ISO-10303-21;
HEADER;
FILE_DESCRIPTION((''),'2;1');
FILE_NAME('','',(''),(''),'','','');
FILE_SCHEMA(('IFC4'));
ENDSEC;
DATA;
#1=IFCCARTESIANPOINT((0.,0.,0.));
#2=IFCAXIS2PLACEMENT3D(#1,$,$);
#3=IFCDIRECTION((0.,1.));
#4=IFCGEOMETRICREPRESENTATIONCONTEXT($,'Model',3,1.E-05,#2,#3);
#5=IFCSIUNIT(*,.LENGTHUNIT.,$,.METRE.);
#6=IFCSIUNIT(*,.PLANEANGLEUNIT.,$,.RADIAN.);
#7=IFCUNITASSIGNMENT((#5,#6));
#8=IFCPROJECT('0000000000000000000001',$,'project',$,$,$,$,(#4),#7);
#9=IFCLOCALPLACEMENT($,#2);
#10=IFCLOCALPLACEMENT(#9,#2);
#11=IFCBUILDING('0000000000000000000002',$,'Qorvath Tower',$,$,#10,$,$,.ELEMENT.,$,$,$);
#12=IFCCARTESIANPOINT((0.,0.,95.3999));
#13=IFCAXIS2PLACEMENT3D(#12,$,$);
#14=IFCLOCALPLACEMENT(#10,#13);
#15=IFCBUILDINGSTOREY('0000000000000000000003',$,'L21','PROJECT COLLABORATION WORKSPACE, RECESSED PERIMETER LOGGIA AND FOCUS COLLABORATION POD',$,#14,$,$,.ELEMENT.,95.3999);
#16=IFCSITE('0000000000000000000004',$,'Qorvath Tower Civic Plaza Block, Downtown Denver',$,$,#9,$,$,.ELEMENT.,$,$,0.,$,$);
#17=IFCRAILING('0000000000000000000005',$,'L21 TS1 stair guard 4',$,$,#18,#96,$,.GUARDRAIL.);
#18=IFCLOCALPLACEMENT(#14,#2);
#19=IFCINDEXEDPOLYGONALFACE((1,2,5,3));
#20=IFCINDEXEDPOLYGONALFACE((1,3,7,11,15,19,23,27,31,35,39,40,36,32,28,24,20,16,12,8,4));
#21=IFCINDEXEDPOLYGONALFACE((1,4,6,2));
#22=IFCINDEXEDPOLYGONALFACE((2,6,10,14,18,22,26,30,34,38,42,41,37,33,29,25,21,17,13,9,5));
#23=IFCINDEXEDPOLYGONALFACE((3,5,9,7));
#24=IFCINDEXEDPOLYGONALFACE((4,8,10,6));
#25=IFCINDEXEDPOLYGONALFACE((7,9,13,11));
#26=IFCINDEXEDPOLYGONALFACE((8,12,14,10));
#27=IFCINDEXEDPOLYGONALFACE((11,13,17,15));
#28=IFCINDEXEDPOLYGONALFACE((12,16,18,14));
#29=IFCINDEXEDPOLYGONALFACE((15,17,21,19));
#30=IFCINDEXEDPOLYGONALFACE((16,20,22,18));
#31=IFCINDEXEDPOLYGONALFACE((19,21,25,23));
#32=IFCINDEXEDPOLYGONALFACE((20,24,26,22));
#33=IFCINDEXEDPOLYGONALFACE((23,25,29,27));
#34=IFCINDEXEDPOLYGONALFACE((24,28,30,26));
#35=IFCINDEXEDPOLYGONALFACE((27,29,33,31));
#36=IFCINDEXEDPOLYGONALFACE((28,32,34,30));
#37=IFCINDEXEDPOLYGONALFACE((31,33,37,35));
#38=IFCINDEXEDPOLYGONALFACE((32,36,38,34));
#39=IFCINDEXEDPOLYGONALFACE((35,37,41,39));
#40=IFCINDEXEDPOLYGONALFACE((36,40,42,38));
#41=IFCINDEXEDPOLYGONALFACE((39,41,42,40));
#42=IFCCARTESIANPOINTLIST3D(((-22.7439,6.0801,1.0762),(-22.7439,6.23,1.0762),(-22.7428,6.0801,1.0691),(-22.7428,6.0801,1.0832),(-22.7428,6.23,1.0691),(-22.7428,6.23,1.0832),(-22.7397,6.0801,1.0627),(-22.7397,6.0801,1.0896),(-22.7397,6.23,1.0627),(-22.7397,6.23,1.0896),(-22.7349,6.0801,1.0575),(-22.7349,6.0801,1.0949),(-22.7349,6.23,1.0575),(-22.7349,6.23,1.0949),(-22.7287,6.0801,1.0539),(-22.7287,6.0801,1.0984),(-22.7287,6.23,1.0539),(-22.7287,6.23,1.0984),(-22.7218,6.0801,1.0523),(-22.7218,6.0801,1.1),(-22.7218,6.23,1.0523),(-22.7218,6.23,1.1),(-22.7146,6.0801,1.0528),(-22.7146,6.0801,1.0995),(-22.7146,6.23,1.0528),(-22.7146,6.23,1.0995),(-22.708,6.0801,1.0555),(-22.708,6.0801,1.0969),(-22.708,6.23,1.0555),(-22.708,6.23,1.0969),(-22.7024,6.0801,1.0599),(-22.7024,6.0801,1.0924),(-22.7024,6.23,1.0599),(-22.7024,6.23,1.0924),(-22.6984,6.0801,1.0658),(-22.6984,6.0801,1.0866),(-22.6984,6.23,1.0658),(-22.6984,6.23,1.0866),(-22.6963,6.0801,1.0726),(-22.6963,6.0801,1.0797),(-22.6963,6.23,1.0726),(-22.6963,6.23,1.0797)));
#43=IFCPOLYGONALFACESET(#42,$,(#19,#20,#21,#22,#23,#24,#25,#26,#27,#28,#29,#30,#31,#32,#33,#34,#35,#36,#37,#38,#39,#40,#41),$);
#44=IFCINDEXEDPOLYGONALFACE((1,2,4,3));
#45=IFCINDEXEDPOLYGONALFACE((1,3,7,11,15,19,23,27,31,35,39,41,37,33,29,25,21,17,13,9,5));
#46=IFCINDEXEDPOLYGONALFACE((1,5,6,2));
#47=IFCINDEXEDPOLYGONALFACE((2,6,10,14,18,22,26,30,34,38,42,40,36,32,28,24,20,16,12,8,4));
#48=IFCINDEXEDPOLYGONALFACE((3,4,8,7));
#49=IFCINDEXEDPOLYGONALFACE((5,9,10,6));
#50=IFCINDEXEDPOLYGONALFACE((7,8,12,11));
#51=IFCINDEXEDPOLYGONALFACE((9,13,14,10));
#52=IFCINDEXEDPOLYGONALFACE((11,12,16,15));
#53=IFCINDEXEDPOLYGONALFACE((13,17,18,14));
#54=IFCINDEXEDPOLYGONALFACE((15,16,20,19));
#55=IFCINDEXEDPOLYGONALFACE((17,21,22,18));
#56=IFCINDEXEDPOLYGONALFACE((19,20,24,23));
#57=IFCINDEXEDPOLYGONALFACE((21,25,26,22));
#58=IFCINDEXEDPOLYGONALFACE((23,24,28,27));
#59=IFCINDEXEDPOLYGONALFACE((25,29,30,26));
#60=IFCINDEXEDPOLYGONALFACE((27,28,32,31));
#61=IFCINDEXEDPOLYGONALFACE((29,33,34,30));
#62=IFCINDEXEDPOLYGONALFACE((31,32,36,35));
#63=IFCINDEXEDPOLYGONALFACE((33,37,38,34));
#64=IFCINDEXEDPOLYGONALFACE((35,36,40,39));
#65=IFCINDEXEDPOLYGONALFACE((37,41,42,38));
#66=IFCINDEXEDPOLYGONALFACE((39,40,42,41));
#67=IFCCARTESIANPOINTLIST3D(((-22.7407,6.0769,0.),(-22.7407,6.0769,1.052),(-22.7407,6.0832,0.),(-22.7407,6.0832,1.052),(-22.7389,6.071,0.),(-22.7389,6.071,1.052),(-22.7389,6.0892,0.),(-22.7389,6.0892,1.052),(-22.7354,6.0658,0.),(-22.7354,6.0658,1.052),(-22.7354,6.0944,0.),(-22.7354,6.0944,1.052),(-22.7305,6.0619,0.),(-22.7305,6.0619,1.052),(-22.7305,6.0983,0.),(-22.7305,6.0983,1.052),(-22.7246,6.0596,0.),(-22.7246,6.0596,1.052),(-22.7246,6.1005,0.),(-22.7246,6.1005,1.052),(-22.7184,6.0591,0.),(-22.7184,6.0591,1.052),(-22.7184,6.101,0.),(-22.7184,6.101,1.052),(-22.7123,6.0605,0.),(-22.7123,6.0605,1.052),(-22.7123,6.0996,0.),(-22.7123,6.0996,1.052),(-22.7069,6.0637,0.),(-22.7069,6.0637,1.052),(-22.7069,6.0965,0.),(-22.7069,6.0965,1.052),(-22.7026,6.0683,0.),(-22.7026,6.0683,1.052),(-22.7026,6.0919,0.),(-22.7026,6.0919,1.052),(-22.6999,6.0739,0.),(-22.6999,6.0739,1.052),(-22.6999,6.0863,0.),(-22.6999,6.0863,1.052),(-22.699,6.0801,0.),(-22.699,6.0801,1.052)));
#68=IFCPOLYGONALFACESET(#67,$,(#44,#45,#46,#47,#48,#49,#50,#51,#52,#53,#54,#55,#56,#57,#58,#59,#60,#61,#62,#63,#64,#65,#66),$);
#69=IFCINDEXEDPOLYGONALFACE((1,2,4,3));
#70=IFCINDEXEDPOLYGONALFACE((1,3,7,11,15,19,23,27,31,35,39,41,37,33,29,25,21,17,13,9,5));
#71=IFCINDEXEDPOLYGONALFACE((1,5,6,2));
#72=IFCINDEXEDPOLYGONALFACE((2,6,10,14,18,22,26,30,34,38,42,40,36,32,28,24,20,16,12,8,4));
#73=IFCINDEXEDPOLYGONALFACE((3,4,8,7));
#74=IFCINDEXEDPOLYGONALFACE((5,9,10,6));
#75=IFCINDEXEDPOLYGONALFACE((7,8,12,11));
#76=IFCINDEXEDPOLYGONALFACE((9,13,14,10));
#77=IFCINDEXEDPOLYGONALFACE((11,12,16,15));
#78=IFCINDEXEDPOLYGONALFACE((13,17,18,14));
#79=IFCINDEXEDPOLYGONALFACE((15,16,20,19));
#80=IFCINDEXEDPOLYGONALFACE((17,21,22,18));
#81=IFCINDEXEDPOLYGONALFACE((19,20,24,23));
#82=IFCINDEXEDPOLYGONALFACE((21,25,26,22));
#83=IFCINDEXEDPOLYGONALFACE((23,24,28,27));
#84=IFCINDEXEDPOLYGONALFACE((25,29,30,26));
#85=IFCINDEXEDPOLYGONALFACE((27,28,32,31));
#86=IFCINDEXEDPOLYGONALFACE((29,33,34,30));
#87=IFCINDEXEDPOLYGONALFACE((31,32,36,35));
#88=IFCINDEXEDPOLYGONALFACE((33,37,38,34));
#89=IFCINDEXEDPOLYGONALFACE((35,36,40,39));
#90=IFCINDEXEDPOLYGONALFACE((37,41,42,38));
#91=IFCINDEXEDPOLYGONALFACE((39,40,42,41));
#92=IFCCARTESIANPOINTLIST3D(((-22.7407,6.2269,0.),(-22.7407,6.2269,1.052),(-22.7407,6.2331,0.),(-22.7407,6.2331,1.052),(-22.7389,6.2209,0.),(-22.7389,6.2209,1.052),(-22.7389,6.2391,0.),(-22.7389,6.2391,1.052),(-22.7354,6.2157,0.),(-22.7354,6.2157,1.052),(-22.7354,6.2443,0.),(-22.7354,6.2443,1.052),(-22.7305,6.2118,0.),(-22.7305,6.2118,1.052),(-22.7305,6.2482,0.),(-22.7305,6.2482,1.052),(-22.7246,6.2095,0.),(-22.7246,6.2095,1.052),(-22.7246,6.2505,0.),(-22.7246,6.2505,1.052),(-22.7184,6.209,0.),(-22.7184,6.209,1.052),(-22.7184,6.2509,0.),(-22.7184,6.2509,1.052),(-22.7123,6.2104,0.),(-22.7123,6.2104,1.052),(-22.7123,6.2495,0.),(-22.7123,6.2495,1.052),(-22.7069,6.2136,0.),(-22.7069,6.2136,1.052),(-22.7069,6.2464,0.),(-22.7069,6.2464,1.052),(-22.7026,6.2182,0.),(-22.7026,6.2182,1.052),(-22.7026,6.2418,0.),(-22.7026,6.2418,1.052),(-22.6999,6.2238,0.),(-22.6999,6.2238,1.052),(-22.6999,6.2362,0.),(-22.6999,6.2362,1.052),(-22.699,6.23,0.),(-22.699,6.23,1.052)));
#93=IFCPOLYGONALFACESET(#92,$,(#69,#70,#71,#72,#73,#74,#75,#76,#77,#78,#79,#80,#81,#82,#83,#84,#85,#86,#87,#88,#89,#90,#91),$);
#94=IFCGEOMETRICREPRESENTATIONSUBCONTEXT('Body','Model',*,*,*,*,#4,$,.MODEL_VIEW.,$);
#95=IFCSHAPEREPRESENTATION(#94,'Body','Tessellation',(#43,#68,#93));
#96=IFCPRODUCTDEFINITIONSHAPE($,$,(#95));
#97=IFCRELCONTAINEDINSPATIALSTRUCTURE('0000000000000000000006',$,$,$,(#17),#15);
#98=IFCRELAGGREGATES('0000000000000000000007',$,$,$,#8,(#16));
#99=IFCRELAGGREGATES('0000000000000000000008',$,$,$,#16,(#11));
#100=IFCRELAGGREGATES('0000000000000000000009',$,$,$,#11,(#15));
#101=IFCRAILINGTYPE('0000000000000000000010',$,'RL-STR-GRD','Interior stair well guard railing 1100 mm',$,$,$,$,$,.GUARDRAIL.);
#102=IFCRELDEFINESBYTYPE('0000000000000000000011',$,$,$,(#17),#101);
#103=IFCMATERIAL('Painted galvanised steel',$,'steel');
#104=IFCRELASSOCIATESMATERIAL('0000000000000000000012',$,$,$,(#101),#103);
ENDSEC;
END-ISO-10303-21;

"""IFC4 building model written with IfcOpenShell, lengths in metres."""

from ifc_helpers import new_model, si_unit, direction, frame, origin, origin_2d, place, context, subcontext, project, spatial, circle, extrude, material, type_object, element, save


model = new_model("IFC4")

# Units and contexts
model_context = context("Model", 3, precision=1e-05, world=origin(), true_north=direction((0.0, 1.0)))
body_context = subcontext(model_context, "Body", "Model", "MODEL_VIEW")
ifc_project = project(units=[si_unit("LENGTHUNIT", "METRE"), si_unit("PLANEANGLEUNIT", "RADIAN")], contexts=[model_context])

# Site, building, storey
site_placement = place(None, origin())
site = spatial("IfcSite", under=ifc_project, at=site_placement, Name="Qorvath Tower Civic Plaza Block, Downtown Denver", CompositionType="ELEMENT", RefElevation=0.0)
building_placement = place(site_placement, origin())
building = spatial("IfcBuilding", under=site, at=building_placement, Name="Qorvath Tower", CompositionType="ELEMENT")
storey_placement = place(building_placement, frame((0.0, 0.0, 95.3999)))
storey = spatial("IfcBuildingStorey", under=building, at=storey_placement, Name="L21", Description="PROJECT COLLABORATION WORKSPACE, RECESSED PERIMETER LOGGIA AND FOCUS COLLABORATION POD", CompositionType="ELEMENT", Elevation=95.3999)

# Railing
ifc_material_1 = material(Name="Painted galvanised steel", Category="steel")
railing_type_1 = type_object("IfcRailingType", Name="RL-STR-GRD", Description="Interior stair well guard railing 1100 mm", PredefinedType="GUARDRAIL", material=ifc_material_1)
railing_1_placement = place(storey_placement, frame((-22.72, 6.0801, 0.0)))
element("IfcRailing", 1, at=railing_1_placement, inside=storey, type_object=railing_type_1, Name="L21 TS1 stair guard 4", PredefinedType="GUARDRAIL", context=body_context, shape_type="SweptSolid", body=[
    extrude(circle(Radius=0.0239, at=origin_2d()), frame((0.0, 0.0, 1.0762), z_axis=(0.0, 1.0, 0.0), x_axis=(-1.0, 0.0, 0.0)), (0.0, 0.0, 1.0), 0.1499),
    extrude(circle(Radius=0.021, at=origin_2d()), origin(), (0.0, 0.0, 1.0), 1.052),
    extrude(circle(Radius=0.021, at=origin_2d()), frame((0.0, 0.1499, 0.0)), (0.0, 0.0, 1.0), 1.052),
])

save(model, "model.ifc")
